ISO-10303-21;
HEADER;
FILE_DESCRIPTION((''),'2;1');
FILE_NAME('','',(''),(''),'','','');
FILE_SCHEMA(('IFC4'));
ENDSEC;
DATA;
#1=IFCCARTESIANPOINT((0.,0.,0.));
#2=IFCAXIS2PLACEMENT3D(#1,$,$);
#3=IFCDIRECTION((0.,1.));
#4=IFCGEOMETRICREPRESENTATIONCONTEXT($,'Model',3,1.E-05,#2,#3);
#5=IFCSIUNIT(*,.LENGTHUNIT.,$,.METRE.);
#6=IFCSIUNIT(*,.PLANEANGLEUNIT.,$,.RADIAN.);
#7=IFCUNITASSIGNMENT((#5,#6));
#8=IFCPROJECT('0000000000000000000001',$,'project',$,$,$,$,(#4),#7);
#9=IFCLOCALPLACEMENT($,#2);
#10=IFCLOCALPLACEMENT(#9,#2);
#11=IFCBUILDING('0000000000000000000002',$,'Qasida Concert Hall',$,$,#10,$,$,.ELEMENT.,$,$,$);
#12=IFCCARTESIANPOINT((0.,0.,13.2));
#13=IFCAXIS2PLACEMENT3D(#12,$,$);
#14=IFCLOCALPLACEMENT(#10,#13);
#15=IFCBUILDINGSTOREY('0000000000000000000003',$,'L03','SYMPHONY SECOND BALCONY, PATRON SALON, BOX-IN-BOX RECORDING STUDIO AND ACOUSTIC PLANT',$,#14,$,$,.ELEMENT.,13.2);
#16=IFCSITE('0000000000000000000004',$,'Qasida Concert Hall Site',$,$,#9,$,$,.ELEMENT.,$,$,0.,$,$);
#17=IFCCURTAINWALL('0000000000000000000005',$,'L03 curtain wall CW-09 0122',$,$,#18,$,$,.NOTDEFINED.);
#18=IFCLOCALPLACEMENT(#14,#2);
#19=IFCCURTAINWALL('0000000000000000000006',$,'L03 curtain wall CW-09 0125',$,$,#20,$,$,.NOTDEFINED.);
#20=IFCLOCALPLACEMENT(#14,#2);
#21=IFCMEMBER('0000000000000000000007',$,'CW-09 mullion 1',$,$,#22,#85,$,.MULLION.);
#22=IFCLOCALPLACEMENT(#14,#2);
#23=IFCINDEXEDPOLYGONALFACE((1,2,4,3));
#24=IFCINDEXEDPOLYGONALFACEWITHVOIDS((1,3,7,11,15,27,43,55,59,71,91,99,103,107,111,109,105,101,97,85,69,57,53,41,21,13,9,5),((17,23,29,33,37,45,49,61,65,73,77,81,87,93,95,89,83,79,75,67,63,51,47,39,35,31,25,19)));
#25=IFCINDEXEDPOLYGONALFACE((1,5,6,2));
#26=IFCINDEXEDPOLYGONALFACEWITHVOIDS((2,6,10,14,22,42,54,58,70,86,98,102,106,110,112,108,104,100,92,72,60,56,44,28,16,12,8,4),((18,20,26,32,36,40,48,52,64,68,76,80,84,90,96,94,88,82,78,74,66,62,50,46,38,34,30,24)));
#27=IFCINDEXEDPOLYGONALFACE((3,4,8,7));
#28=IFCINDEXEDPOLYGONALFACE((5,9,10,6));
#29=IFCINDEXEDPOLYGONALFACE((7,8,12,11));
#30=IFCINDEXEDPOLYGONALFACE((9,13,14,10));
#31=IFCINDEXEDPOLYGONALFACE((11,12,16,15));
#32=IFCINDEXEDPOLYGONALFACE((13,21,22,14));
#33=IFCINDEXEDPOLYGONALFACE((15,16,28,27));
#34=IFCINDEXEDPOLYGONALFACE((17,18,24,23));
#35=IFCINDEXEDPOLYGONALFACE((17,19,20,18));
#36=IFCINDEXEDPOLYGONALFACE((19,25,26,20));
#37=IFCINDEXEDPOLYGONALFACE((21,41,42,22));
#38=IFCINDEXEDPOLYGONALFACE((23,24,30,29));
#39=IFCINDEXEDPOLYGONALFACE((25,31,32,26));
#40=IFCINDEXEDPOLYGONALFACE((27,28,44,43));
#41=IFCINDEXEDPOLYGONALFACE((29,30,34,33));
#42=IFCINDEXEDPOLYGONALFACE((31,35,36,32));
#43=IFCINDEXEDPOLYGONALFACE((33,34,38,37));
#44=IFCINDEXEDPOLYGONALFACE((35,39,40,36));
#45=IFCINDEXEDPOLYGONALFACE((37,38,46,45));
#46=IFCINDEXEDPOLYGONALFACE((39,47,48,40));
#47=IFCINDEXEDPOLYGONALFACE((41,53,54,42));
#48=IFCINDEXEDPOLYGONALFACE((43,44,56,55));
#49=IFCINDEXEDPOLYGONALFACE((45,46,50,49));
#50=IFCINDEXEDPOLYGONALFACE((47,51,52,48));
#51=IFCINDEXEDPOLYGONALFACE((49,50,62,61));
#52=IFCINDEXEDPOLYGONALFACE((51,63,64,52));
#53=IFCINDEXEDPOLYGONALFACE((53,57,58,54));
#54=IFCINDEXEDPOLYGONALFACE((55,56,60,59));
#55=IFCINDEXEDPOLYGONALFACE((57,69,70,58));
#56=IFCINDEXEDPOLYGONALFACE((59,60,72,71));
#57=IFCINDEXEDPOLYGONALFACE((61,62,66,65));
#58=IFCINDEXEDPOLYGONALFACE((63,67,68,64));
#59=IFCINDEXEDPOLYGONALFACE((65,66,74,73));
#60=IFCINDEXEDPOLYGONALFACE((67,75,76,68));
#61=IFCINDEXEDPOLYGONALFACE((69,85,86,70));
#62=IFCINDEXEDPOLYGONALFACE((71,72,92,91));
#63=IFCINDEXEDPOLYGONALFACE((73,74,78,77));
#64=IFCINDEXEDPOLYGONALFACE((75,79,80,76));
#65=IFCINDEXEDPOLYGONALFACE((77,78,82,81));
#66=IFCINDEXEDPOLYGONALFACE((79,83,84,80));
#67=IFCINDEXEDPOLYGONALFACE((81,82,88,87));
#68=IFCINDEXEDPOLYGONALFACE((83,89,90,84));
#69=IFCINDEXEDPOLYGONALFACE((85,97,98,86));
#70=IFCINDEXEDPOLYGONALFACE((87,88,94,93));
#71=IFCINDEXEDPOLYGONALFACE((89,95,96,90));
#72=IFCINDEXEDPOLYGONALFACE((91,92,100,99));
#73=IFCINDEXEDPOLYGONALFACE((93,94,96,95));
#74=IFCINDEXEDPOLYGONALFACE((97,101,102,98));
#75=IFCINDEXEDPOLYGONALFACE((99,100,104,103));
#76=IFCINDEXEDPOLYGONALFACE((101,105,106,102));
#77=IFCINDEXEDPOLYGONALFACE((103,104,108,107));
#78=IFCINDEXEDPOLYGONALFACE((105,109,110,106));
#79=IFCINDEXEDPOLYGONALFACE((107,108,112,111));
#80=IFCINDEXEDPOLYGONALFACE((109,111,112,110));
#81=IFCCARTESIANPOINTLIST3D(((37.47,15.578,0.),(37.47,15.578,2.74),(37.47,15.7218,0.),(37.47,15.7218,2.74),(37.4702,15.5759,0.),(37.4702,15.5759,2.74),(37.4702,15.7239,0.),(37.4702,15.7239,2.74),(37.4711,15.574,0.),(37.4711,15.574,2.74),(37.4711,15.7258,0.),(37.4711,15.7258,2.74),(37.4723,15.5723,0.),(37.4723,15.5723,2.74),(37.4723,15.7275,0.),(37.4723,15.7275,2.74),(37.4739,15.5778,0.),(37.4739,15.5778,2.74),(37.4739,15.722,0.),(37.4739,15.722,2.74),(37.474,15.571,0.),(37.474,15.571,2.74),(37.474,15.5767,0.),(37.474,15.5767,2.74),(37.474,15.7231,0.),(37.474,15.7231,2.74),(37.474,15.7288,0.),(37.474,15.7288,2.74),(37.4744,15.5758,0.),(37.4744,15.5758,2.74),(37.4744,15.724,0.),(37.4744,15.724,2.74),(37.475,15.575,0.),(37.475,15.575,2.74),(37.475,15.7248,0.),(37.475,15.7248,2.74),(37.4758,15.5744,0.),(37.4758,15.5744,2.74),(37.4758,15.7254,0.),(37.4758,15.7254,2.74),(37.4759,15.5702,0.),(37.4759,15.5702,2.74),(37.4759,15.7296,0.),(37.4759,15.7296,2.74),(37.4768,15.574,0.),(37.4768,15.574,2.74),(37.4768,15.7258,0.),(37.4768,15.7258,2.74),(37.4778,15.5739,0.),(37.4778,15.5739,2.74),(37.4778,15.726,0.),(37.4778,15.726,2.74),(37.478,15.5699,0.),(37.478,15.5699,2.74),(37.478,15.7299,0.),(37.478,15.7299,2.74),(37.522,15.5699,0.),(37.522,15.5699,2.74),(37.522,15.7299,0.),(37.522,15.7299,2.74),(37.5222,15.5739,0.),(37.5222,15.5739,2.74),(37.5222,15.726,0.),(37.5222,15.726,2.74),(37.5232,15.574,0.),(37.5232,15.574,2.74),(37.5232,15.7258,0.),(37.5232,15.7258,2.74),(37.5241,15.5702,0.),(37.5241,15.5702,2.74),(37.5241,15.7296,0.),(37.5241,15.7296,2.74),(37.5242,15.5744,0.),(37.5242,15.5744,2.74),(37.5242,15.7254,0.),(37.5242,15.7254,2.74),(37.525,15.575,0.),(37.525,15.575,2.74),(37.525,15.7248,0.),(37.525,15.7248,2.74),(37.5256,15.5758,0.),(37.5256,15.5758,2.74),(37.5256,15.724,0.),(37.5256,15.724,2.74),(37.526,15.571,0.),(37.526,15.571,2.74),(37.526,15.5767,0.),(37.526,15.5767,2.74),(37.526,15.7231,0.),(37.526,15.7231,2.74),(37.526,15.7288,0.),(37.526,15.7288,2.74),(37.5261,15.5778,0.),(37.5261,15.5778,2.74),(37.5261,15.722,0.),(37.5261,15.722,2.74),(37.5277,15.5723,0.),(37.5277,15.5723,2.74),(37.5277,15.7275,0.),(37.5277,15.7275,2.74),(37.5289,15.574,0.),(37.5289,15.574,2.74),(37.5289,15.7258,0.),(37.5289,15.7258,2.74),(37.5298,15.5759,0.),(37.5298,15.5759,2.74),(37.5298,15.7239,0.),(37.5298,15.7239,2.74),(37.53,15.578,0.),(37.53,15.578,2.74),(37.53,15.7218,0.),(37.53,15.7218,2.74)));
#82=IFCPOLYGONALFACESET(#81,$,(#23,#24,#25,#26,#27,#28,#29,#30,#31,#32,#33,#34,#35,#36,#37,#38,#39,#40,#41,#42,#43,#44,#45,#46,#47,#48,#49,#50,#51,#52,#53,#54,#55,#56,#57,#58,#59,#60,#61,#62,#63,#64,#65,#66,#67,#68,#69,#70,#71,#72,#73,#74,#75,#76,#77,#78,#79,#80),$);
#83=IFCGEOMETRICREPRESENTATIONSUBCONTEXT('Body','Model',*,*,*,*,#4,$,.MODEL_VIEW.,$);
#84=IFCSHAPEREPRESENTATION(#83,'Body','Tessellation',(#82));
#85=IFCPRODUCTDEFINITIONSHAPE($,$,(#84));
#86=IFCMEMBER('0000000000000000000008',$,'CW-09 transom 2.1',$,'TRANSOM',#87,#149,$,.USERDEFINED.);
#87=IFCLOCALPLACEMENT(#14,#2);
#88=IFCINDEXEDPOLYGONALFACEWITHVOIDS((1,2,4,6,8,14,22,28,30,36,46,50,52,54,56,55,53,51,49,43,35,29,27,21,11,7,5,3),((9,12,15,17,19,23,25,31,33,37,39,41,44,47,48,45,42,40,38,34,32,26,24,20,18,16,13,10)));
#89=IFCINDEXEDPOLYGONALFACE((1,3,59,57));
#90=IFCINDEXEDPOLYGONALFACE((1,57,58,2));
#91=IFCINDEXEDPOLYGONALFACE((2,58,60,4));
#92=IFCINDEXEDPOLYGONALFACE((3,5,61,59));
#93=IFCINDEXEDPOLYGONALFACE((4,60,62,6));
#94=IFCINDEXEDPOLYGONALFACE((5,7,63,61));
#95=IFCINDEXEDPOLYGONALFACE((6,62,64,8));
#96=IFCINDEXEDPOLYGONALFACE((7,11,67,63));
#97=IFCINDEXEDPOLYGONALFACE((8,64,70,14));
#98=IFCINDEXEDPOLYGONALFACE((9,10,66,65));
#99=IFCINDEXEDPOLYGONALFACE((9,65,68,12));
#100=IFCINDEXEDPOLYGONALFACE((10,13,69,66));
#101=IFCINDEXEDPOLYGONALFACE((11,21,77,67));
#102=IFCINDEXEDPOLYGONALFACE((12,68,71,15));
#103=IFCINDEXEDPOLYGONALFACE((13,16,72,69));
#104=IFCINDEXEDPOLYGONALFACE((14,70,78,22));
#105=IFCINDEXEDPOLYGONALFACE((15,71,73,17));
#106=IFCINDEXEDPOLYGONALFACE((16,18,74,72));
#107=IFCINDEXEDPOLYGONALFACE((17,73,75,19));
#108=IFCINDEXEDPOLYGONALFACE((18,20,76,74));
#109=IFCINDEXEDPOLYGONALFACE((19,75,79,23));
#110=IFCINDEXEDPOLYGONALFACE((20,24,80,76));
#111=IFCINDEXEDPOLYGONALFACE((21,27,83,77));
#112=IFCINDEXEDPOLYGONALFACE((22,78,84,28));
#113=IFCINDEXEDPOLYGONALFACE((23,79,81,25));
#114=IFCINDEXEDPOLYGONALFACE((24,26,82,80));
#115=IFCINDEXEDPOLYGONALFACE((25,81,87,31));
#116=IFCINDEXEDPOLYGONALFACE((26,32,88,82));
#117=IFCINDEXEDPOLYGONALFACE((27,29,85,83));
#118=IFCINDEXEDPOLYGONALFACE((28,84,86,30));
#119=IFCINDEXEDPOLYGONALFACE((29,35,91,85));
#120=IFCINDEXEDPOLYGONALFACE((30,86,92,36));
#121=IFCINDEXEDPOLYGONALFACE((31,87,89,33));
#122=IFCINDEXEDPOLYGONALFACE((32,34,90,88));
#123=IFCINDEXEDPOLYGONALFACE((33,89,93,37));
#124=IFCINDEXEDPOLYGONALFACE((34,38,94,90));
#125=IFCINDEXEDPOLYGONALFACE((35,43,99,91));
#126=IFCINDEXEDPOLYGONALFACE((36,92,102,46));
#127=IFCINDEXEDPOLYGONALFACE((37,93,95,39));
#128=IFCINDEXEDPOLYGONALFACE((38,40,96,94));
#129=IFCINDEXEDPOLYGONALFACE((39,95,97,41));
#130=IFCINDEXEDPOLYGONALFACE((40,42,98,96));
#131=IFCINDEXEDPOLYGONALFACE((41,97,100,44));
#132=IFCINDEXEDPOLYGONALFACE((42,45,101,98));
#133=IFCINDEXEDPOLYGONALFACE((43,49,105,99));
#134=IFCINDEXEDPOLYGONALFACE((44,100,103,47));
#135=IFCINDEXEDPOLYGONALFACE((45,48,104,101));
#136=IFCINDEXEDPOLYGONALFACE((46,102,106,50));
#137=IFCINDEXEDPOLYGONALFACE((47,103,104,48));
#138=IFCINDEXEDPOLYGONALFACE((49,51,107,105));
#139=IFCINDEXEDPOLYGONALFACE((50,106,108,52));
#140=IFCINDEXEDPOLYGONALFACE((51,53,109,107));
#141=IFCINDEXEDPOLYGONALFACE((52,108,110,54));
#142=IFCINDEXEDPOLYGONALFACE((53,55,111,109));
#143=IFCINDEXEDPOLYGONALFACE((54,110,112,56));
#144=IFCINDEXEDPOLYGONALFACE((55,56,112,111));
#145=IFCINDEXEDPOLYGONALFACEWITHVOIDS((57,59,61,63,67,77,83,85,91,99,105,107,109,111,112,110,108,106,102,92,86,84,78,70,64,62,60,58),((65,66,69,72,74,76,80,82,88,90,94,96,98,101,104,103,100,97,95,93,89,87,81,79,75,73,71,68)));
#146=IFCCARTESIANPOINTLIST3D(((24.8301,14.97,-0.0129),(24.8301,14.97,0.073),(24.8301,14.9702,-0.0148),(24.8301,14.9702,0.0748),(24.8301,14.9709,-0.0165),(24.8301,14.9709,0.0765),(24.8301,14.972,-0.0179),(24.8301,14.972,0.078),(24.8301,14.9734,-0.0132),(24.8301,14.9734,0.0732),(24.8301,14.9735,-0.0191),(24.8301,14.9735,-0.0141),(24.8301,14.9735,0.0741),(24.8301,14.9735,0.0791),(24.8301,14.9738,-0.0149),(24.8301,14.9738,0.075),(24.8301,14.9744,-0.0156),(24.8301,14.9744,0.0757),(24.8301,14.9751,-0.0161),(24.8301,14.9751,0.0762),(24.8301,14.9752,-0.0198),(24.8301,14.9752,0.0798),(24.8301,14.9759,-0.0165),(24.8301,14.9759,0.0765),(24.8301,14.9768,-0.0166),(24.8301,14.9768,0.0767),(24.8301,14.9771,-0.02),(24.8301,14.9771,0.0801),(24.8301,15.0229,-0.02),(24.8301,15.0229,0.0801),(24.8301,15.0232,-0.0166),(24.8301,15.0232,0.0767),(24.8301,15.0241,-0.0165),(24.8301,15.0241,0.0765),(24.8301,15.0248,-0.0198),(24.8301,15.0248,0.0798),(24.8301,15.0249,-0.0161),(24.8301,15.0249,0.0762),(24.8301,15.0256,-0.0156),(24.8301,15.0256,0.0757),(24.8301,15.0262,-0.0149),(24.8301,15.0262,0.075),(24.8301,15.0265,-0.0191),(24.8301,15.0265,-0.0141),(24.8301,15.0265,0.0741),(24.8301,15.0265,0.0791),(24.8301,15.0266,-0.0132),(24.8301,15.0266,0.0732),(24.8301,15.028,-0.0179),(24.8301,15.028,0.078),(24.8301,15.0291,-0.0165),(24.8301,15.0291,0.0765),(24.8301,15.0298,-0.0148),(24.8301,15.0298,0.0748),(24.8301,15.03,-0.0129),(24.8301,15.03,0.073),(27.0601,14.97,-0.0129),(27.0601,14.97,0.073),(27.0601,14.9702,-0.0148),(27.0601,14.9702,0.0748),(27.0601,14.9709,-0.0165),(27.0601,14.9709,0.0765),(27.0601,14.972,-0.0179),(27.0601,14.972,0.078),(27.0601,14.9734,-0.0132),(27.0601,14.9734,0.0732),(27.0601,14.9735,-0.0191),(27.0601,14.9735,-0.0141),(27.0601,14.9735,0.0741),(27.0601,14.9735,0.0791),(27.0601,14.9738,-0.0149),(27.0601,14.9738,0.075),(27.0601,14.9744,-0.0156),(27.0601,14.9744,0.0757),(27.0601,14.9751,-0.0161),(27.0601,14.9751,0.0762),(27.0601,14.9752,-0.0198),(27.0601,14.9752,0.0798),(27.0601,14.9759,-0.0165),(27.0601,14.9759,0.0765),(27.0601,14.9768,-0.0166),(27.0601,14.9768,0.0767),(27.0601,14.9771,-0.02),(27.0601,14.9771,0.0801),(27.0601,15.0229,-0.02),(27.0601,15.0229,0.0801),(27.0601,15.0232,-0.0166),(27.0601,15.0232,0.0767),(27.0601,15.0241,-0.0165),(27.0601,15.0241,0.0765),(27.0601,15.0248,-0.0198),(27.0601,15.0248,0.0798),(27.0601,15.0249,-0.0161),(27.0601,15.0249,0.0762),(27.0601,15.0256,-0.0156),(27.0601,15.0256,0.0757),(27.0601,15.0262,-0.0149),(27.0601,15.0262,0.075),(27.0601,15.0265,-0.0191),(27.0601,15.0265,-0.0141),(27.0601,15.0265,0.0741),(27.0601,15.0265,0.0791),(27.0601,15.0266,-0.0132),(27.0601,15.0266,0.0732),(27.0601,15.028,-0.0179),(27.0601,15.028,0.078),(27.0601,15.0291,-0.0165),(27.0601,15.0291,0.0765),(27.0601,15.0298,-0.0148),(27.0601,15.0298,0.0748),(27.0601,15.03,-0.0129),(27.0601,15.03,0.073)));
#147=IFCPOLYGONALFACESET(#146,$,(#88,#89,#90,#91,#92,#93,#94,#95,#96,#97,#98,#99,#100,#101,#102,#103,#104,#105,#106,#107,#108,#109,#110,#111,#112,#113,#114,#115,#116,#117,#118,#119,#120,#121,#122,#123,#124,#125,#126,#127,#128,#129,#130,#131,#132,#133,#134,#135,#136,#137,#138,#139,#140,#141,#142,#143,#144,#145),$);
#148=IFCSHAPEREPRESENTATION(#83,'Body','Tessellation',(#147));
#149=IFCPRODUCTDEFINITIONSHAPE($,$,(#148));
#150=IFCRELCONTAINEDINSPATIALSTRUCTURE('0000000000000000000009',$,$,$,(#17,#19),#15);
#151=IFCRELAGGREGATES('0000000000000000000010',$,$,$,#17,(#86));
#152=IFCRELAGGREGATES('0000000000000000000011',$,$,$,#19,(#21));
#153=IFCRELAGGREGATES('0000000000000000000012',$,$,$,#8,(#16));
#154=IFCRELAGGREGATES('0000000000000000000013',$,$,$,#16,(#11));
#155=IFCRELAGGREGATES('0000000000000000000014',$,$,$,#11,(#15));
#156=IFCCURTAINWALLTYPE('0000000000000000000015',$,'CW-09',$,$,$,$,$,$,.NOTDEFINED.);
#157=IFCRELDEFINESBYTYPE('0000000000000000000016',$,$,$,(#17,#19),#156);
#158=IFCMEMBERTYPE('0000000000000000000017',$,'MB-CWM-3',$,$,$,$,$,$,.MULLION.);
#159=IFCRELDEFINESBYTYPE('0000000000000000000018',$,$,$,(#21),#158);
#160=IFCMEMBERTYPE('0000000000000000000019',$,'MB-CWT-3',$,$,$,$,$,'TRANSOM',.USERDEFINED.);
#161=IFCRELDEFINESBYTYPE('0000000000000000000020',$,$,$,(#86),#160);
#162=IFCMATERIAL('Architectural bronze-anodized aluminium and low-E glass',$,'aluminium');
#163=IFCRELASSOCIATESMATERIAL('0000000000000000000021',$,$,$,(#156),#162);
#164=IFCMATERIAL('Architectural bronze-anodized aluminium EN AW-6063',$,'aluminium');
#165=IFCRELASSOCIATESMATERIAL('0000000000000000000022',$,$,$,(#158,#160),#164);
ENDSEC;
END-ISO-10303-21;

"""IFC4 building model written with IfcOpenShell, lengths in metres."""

from ifc_helpers import new_model, si_unit, direction, frame, origin, origin_2d, place, context, subcontext, project, spatial, hollow_rectangle, extrude, material, material_profile, profile_set, type_object, element, aggregate, save


model = new_model("IFC4")

# Units and contexts
model_context = context("Model", 3, precision=1e-05, world=origin(), true_north=direction((0.0, 1.0)))
body_context = subcontext(model_context, "Body", "Model", "MODEL_VIEW")
ifc_project = project(units=[si_unit("LENGTHUNIT", "METRE"), si_unit("PLANEANGLEUNIT", "RADIAN")], contexts=[model_context])

# Site, building, storey
site_placement = place(None, origin())
site = spatial("IfcSite", under=ifc_project, at=site_placement, Name="Qasida Concert Hall Site", CompositionType="ELEMENT", RefElevation=0.0)
building_placement = place(site_placement, origin())
building = spatial("IfcBuilding", under=site, at=building_placement, Name="Qasida Concert Hall", CompositionType="ELEMENT")
storey_placement = place(building_placement, frame((0.0, 0.0, 13.2)))
storey = spatial("IfcBuildingStorey", under=building, at=storey_placement, Name="L03", Description="SYMPHONY SECOND BALCONY, PATRON SALON, BOX-IN-BOX RECORDING STUDIO AND ACOUSTIC PLANT", CompositionType="ELEMENT", Elevation=13.2)

# Curtain wall
ifc_material_1 = material(Name="Architectural bronze-anodized aluminium and low-E glass", Category="aluminium")
curtain_wall_type = type_object("IfcCurtainWallType", Name="CW-09", PredefinedType="NOTDEFINED", material=ifc_material_1)
curtain_wall_1_placement = place(storey_placement, origin())
curtain_wall_1 = element("IfcCurtainWall", 1, at=curtain_wall_1_placement, inside=storey, type_object=curtain_wall_type, Name="L03 curtain wall CW-09 0122", PredefinedType="NOTDEFINED")
ifc_material_2 = material(Name="Architectural bronze-anodized aluminium EN AW-6063", Category="aluminium")
ifc_material_profile_1 = material_profile(ifc_material_2, hollow_rectangle(XDim=0.0601, YDim=0.1599, WallThickness=0.0039, InnerFilletRadius=0.0039, OuterFilletRadius=0.0081, at=origin_2d()), Name="CWM 160x60x4")
ifc_profile_set_1 = profile_set([ifc_material_profile_1], Name="Architectural bronze-anodized aluminium EN AW-6063")
member_type_1 = type_object("IfcMemberType", Name="MB-CWM-3", PredefinedType="MULLION", material=ifc_profile_set_1)

# Curtain wall, member
curtain_wall_2_placement = place(storey_placement, origin())
curtain_wall_2 = element("IfcCurtainWall", 2, at=curtain_wall_2_placement, inside=storey, type_object=curtain_wall_type, Name="L03 curtain wall CW-09 0125", PredefinedType="NOTDEFINED")
member_1_placement = place(storey_placement, frame((37.5, 15.6499, 0.0), z_axis=(0.0, 0.0, 1.0), x_axis=(-1.0, 0.0, 0.0)))
member_1 = element("IfcMember", 3, at=member_1_placement, type_object=member_type_1, Name="CW-09 mullion 1", PredefinedType="MULLION", context=body_context, shape_type="SweptSolid", body=[
    extrude(hollow_rectangle(XDim=0.0601, YDim=0.1599, WallThickness=0.0039, InnerFilletRadius=0.0039, OuterFilletRadius=0.0081, at=origin_2d()), origin(), (0.0, 0.0, 1.0), 2.74),
])

# Member
ifc_material_profile_2 = material_profile(ifc_material_2, hollow_rectangle(XDim=0.0601, YDim=0.1001, WallThickness=0.0034, InnerFilletRadius=0.0034, OuterFilletRadius=0.0071, at=origin_2d()), Name="CWT 100x60x3.5")
ifc_profile_set_2 = profile_set([ifc_material_profile_2], Name="Architectural bronze-anodized aluminium EN AW-6063")
member_type_2 = type_object("IfcMemberType", Name="MB-CWT-3", ElementType="TRANSOM", PredefinedType="USERDEFINED", material=ifc_profile_set_2)
member_2_placement = place(storey_placement, frame((24.8301, 15.0, 0.03), z_axis=(1.0, 0.0, 0.0), x_axis=(0.0, 1.0, 0.0)))
member_2 = element("IfcMember", 4, at=member_2_placement, type_object=member_type_2, Name="CW-09 transom 2.1", ObjectType="TRANSOM", PredefinedType="USERDEFINED", context=body_context, shape_type="SweptSolid", body=[
    extrude(hollow_rectangle(XDim=0.0601, YDim=0.1001, WallThickness=0.0034, InnerFilletRadius=0.0034, OuterFilletRadius=0.0071, at=origin_2d()), origin(), (0.0, 0.0, 1.0), 2.23),
])

aggregate(curtain_wall_1, [member_2])
aggregate(curtain_wall_2, [member_1])

save(model, "model.ifc")
